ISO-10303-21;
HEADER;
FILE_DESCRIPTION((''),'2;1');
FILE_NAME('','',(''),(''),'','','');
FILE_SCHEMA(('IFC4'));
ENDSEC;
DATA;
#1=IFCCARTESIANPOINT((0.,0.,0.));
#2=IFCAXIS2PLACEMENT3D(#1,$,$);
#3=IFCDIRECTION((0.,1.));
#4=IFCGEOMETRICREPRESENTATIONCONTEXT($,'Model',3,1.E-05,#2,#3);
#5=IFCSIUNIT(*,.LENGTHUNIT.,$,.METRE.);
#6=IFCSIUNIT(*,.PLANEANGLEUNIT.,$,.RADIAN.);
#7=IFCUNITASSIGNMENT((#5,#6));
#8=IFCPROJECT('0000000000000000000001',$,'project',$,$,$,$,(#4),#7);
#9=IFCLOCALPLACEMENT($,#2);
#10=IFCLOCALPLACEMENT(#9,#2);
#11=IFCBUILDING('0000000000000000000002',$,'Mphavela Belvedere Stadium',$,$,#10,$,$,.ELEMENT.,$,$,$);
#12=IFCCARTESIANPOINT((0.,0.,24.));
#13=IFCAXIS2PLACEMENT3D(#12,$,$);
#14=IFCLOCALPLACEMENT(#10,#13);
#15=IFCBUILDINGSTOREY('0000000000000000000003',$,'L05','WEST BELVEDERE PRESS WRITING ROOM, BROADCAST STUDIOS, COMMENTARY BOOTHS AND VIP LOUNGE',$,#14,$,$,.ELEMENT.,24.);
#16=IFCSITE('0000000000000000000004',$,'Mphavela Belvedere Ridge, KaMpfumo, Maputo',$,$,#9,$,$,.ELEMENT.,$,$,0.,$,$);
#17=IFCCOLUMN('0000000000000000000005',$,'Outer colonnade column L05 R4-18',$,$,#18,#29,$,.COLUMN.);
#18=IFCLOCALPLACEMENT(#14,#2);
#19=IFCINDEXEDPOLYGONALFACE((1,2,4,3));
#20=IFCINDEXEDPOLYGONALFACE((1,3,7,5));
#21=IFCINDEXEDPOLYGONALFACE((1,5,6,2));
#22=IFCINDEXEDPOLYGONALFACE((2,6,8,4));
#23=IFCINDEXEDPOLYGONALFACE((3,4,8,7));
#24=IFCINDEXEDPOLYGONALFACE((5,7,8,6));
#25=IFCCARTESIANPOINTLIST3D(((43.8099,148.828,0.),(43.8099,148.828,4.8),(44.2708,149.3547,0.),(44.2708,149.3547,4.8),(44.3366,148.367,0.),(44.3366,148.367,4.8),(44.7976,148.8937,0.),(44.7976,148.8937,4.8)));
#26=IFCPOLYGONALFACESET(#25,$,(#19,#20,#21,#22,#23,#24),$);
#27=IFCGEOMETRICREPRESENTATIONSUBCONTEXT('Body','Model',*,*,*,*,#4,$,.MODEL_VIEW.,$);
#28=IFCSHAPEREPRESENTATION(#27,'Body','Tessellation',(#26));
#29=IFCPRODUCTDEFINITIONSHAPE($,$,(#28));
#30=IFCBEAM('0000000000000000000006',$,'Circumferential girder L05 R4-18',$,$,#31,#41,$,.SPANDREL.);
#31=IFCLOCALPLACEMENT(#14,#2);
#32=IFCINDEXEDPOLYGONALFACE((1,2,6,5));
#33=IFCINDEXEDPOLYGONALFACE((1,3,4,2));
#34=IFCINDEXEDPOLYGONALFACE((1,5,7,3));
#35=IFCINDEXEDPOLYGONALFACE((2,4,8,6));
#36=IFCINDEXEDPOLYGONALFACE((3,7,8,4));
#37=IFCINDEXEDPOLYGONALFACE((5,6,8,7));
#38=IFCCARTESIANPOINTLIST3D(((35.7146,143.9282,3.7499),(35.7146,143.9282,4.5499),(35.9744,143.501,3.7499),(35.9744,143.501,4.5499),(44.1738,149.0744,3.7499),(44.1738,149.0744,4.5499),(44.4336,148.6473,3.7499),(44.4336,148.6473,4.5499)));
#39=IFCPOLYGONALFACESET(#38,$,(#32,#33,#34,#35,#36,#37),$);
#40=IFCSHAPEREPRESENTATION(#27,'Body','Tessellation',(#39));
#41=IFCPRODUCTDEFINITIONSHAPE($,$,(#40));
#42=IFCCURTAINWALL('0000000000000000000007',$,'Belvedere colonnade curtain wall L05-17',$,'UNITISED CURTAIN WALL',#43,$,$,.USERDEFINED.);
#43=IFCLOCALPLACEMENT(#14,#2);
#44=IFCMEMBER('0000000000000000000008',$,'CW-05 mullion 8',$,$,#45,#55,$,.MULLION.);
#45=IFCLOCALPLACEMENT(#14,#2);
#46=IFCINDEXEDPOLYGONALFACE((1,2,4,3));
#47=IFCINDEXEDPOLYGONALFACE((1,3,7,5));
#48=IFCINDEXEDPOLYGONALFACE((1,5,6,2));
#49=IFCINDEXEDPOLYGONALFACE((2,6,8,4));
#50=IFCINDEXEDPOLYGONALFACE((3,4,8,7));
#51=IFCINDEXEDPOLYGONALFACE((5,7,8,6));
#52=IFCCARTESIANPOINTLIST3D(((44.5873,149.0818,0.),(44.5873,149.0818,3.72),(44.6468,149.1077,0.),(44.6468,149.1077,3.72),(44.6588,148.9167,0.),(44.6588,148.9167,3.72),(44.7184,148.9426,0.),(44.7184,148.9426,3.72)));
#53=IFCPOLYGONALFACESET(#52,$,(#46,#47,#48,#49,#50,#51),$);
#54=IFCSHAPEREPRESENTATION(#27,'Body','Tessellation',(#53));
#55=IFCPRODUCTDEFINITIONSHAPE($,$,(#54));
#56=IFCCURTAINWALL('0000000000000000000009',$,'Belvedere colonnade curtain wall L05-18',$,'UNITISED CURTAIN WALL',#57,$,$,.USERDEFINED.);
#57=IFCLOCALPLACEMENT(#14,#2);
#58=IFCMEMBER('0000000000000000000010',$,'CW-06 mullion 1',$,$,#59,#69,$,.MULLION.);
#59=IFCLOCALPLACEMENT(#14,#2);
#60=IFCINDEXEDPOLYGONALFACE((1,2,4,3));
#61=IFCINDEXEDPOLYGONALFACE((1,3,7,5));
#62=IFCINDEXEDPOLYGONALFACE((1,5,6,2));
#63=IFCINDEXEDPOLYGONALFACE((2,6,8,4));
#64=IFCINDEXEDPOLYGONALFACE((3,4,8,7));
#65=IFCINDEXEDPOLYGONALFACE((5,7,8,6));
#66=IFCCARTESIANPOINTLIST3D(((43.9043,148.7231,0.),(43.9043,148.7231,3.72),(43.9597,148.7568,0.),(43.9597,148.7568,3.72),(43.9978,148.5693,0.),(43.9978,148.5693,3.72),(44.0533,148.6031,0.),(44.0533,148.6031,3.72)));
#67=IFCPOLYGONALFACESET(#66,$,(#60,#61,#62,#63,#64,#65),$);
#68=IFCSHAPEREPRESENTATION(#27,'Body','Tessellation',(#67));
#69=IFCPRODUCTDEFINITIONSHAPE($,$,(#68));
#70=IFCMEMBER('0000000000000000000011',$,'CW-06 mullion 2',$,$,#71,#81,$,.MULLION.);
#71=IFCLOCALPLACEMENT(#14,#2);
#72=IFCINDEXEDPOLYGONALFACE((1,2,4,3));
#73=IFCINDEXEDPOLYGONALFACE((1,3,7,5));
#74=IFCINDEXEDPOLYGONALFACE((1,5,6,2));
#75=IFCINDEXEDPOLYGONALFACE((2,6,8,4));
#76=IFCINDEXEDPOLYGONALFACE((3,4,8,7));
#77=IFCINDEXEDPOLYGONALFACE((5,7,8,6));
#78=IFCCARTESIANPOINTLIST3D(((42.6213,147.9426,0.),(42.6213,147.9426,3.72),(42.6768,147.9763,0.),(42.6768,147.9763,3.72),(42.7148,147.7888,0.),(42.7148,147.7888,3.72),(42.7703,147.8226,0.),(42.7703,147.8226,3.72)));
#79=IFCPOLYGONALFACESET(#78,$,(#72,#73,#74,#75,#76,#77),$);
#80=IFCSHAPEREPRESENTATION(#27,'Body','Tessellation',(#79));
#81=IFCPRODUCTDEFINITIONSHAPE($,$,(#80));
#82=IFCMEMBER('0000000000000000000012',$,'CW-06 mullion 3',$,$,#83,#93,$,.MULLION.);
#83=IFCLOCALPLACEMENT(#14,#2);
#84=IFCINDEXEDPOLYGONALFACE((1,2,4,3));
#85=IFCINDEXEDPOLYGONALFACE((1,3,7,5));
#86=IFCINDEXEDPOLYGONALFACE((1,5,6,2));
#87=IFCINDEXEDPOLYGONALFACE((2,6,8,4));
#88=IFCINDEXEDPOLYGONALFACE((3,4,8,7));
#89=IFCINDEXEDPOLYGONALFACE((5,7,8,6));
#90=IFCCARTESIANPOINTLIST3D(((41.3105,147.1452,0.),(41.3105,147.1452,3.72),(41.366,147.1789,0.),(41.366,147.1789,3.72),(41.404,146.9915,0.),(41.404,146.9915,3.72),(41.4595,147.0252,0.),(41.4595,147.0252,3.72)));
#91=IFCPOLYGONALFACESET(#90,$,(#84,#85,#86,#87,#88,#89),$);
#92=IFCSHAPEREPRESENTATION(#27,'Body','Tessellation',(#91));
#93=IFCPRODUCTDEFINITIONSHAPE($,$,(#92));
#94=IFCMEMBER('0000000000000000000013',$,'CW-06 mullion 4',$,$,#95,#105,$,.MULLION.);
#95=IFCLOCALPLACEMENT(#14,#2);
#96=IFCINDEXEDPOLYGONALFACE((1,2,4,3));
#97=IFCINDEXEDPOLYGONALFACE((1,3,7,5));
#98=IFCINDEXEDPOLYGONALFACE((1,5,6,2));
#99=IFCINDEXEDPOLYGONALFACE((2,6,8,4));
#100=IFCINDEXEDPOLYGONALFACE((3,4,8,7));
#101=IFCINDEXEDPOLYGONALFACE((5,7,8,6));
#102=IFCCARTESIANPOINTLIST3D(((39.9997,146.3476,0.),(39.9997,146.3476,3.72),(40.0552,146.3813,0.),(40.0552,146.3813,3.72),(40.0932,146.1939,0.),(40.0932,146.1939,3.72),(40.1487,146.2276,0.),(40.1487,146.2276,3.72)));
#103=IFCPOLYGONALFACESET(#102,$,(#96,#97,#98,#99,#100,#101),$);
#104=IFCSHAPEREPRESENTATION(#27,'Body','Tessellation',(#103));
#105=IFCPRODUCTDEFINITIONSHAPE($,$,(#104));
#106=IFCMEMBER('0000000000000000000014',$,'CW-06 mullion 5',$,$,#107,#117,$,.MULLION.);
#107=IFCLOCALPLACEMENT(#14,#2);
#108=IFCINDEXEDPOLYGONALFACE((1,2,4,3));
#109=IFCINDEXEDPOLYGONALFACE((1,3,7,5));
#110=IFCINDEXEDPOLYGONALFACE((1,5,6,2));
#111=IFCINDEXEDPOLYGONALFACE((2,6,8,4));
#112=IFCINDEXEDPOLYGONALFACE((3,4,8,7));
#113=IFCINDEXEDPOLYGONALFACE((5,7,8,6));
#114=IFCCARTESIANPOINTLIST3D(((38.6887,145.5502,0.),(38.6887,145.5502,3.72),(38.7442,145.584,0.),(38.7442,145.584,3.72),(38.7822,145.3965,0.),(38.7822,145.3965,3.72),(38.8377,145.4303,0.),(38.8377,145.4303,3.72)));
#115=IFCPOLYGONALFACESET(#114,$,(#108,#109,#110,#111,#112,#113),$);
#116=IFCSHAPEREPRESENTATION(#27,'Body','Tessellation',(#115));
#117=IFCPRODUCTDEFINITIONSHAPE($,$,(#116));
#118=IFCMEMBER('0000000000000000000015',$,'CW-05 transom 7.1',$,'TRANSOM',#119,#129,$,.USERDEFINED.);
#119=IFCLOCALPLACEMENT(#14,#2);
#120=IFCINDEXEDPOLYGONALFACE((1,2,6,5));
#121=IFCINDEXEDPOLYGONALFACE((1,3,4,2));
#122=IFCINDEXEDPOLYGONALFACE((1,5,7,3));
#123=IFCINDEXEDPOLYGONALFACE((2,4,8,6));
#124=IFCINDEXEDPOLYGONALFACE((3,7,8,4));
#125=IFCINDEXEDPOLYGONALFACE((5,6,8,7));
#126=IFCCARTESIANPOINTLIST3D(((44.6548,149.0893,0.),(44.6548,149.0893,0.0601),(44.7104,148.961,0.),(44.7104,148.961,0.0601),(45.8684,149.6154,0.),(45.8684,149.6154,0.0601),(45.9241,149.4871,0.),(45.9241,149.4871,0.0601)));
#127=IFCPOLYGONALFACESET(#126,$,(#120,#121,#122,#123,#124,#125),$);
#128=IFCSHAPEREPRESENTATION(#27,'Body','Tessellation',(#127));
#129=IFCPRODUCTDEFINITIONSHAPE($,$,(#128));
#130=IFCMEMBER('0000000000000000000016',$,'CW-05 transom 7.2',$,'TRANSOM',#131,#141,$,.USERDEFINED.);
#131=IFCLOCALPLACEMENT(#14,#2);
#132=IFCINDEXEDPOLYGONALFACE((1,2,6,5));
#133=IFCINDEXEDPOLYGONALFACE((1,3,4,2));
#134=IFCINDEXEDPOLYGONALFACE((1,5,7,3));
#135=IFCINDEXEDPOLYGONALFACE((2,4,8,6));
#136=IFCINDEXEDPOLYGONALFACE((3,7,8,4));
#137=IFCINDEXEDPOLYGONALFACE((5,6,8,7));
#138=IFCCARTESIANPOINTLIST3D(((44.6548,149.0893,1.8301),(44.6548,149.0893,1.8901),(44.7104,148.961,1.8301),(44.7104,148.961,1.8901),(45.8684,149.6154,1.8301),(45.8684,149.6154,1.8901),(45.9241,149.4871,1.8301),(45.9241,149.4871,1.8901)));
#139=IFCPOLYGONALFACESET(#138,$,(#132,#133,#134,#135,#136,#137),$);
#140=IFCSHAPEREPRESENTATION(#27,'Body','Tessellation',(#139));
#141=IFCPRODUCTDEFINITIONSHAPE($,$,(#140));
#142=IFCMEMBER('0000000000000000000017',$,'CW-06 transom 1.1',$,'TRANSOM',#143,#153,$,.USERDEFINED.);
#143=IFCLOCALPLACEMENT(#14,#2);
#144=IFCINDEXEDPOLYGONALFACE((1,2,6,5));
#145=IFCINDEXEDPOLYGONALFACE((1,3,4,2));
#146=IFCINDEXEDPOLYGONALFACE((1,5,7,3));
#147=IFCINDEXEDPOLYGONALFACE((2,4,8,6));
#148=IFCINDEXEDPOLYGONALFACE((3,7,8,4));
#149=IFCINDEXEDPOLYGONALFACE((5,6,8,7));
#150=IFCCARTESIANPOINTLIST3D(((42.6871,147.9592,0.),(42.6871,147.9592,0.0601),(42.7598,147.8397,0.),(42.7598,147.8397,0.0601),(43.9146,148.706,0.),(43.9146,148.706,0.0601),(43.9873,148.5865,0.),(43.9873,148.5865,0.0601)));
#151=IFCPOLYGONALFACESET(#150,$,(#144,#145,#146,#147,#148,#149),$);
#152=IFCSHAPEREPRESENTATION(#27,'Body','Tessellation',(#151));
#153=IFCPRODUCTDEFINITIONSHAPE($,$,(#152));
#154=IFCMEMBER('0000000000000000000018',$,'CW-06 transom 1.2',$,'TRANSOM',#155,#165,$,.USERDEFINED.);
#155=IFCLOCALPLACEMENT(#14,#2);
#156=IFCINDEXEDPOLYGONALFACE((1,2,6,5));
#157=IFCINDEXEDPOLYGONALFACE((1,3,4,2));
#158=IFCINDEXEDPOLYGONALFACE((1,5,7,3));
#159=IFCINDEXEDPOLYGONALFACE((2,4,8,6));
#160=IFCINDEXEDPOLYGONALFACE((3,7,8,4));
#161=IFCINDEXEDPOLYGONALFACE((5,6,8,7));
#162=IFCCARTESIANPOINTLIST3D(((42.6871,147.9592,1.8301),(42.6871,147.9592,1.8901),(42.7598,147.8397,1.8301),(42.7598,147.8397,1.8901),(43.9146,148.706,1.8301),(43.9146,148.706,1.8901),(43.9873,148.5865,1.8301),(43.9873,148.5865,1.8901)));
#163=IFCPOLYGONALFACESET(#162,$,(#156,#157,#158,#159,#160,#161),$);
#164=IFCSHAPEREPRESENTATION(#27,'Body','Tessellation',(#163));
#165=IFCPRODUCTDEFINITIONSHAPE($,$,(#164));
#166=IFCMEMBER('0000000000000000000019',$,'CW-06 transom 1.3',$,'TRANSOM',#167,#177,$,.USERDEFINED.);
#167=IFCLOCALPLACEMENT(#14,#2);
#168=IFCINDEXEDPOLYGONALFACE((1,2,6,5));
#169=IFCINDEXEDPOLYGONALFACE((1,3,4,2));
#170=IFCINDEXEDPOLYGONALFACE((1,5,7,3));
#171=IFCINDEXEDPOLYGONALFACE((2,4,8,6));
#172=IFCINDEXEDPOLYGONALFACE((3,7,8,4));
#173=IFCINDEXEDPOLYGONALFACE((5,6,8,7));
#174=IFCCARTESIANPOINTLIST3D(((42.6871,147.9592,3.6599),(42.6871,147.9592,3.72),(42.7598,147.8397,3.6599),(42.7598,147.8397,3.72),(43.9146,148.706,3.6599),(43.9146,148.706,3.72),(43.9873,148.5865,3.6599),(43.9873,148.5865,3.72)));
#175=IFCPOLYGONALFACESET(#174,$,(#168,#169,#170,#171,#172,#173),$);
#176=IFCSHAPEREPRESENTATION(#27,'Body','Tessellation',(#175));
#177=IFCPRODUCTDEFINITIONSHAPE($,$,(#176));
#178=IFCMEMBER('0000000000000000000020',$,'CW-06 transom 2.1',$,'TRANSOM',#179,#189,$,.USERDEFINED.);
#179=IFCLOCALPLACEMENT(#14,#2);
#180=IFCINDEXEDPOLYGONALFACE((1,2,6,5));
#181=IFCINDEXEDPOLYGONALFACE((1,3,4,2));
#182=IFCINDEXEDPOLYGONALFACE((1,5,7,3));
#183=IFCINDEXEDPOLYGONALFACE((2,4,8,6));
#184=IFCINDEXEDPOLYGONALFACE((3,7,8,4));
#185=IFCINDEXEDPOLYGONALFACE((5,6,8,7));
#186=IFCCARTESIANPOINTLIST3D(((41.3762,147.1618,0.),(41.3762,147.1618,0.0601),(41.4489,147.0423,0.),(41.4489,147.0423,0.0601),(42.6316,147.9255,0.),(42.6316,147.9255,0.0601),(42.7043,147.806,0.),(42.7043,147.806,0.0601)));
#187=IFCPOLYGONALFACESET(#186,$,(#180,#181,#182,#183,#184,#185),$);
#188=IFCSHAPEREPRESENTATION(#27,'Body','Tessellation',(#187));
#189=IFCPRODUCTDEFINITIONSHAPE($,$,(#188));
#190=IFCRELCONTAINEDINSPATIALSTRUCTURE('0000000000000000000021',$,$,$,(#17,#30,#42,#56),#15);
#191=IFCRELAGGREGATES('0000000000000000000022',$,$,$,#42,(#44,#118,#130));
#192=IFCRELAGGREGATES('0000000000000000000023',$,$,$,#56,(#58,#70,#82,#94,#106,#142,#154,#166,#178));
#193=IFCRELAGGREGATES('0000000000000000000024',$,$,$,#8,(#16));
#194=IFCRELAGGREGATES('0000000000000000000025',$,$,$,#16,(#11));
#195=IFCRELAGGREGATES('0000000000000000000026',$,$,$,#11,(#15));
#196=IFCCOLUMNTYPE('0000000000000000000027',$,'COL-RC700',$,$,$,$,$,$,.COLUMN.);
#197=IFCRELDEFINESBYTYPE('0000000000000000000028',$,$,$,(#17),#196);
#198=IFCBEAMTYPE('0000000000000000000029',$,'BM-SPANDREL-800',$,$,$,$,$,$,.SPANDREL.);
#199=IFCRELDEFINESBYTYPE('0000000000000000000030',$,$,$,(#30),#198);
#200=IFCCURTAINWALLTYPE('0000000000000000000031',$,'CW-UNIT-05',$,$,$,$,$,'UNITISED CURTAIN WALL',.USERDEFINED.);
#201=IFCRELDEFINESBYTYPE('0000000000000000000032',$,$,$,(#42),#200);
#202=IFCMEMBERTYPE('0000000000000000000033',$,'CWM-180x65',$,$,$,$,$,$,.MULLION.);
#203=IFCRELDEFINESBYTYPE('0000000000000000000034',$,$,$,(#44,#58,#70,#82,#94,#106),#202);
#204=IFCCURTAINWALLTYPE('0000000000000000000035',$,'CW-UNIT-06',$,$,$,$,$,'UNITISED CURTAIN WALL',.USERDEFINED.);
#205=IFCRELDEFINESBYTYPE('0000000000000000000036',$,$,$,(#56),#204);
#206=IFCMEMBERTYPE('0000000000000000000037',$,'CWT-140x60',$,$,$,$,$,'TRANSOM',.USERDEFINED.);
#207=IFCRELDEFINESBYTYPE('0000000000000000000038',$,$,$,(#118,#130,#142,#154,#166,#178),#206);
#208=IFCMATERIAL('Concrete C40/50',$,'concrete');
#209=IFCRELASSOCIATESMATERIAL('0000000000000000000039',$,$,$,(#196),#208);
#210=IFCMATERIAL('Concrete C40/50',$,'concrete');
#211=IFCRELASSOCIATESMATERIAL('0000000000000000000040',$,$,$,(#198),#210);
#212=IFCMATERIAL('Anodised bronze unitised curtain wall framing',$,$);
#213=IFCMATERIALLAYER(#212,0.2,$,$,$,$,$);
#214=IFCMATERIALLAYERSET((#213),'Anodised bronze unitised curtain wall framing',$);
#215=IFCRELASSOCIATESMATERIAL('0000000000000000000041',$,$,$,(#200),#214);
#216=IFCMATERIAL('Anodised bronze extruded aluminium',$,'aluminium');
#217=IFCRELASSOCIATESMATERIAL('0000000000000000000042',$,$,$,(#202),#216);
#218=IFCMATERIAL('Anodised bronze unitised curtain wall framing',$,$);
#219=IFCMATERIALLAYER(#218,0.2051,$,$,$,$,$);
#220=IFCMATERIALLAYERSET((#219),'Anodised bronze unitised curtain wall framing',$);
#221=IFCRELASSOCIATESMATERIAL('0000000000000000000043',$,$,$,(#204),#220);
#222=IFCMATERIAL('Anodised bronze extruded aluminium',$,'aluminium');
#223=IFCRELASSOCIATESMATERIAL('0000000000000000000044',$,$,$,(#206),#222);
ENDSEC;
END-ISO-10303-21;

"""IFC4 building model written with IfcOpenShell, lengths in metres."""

from ifc_helpers import new_model, si_unit, direction, frame, origin, origin_2d, place, context, subcontext, project, spatial, rectangle, extrude, material, layer, layer_set, material_profile, profile_set, type_object, element, aggregate, save


model = new_model("IFC4")

# Units and contexts
model_context = context("Model", 3, precision=1e-05, world=origin(), true_north=direction((0.0, 1.0)))
body_context = subcontext(model_context, "Body", "Model", "MODEL_VIEW")
ifc_project = project(units=[si_unit("LENGTHUNIT", "METRE"), si_unit("PLANEANGLEUNIT", "RADIAN")], contexts=[model_context])

# Site, building, storey
site_placement = place(None, origin())
site = spatial("IfcSite", under=ifc_project, at=site_placement, Name="Mphavela Belvedere Ridge, KaMpfumo, Maputo", CompositionType="ELEMENT", RefElevation=0.0)
building_placement = place(site_placement, origin())
building = spatial("IfcBuilding", under=site, at=building_placement, Name="Mphavela Belvedere Stadium", CompositionType="ELEMENT")
storey_placement = place(building_placement, frame((0.0, 0.0, 24.0)))
storey = spatial("IfcBuildingStorey", under=building, at=storey_placement, Name="L05", Description="WEST BELVEDERE PRESS WRITING ROOM, BROADCAST STUDIOS, COMMENTARY BOOTHS AND VIP LOUNGE", CompositionType="ELEMENT", Elevation=24.0)

# Column
ifc_material_1 = material(Name="Concrete C40/50", Category="concrete")
ifc_material_profile_1 = material_profile(ifc_material_1, rectangle(XDim=0.7, YDim=0.7, at=origin_2d()), Name="RC 700x700")
ifc_profile_set_1 = profile_set([ifc_material_profile_1], Name="Concrete C40/50")
column_type = type_object("IfcColumnType", Name="COL-RC700", PredefinedType="COLUMN", material=ifc_profile_set_1)
column_placement = place(storey_placement, frame((44.3037, 148.8608, 0.0), z_axis=(0.0, 0.0, 1.0), x_axis=(-0.75253, 0.658558, 0.0)))
element("IfcColumn", 1, at=column_placement, inside=storey, type_object=column_type, Name="Outer colonnade column L05 R4-18", PredefinedType="COLUMN", context=body_context, shape_type="SweptSolid", body=[
    extrude(rectangle(XDim=0.7, YDim=0.7, at=origin_2d()), origin(), (0.0, 0.0, 1.0), 4.8),
])

# Beam
ifc_material_2 = material(Name="Concrete C40/50", Category="concrete")
ifc_material_profile_2 = material_profile(ifc_material_2, rectangle(XDim=0.5, YDim=0.8, at=origin_2d()), Name="RC 500x800")
ifc_profile_set_2 = profile_set([ifc_material_profile_2], Name="Concrete C40/50")
beam_type = type_object("IfcBeamType", Name="BM-SPANDREL-800", PredefinedType="SPANDREL", material=ifc_profile_set_2)
beam_placement = place(storey_placement, frame((44.3037, 148.8608, 4.1499), z_axis=(-0.854327, -0.519737, 0.0), x_axis=(0.519737, -0.854327, 0.0)))
element("IfcBeam", 2, at=beam_placement, inside=storey, type_object=beam_type, Name="Circumferential girder L05 R4-18", PredefinedType="SPANDREL", context=body_context, shape_type="SweptSolid", body=[
    extrude(rectangle(XDim=0.5, YDim=0.8, at=origin_2d()), origin(), (0.0, 0.0, 1.0), 9.9016),
])

# Curtain wall, member
ifc_material_3 = material(Name="Anodised bronze unitised curtain wall framing")
ifc_layer_1 = layer(ifc_material_3, 0.2)
ifc_layer_set_1 = layer_set([ifc_layer_1], Name="Anodised bronze unitised curtain wall framing")
curtain_wall_type_1 = type_object("IfcCurtainWallType", Name="CW-UNIT-05", ElementType="UNITISED CURTAIN WALL", PredefinedType="USERDEFINED", material=ifc_layer_set_1)
curtain_wall_1_placement = place(storey_placement, origin())
curtain_wall_1 = element("IfcCurtainWall", 3, at=curtain_wall_1_placement, inside=storey, type_object=curtain_wall_type_1, Name="Belvedere colonnade curtain wall L05-17", ObjectType="UNITISED CURTAIN WALL", PredefinedType="USERDEFINED")
ifc_material_4 = material(Name="Anodised bronze extruded aluminium", Category="aluminium")
ifc_material_profile_3 = material_profile(ifc_material_4, rectangle(XDim=0.1799, YDim=0.0649, at=origin_2d()), Name="CW-MUL 180x65")
ifc_profile_set_3 = profile_set([ifc_material_profile_3], Name="Anodised bronze extruded aluminium")
member_type_1 = type_object("IfcMemberType", Name="CWM-180x65", PredefinedType="MULLION", material=ifc_profile_set_3)
member_1_placement = place(storey_placement, frame((44.6528, 149.0122, 0.0), z_axis=(0.0, 0.0, 1.0), x_axis=(0.397743, -0.917497, 0.0)))
member_1 = element("IfcMember", 4, at=member_1_placement, type_object=member_type_1, Name="CW-05 mullion 8", PredefinedType="MULLION", context=body_context, shape_type="SweptSolid", body=[
    extrude(rectangle(XDim=0.1799, YDim=0.0649, at=origin_2d()), origin(), (0.0, 0.0, 1.0), 3.72),
])

# Curtain wall, members
ifc_material_5 = material(Name="Anodised bronze unitised curtain wall framing")
ifc_layer_2 = layer(ifc_material_5, 0.2051)
ifc_layer_set_2 = layer_set([ifc_layer_2], Name="Anodised bronze unitised curtain wall framing")
curtain_wall_type_2 = type_object("IfcCurtainWallType", Name="CW-UNIT-06", ElementType="UNITISED CURTAIN WALL", PredefinedType="USERDEFINED", material=ifc_layer_set_2)
curtain_wall_2_placement = place(storey_placement, origin())
curtain_wall_2 = element("IfcCurtainWall", 5, at=curtain_wall_2_placement, inside=storey, type_object=curtain_wall_type_2, Name="Belvedere colonnade curtain wall L05-18", ObjectType="UNITISED CURTAIN WALL", PredefinedType="USERDEFINED")
member_2_placement = place(storey_placement, frame((43.9788, 148.6631, 0.0), z_axis=(0.0, 0.0, 1.0), x_axis=(0.519735, -0.854327, 0.0)))
member_2 = element("IfcMember", 6, at=member_2_placement, type_object=member_type_1, Name="CW-06 mullion 1", PredefinedType="MULLION", context=body_context, shape_type="SweptSolid", body=[
    extrude(rectangle(XDim=0.1799, YDim=0.0649, at=origin_2d()), origin(), (0.0, 0.0, 1.0), 3.72),
])
member_3_placement = place(storey_placement, frame((42.6958, 147.8826, 0.0), z_axis=(0.0, 0.0, 1.0), x_axis=(0.519735, -0.854327, 0.0)))
member_3 = element("IfcMember", 7, at=member_3_placement, type_object=member_type_1, Name="CW-06 mullion 2", PredefinedType="MULLION", context=body_context, shape_type="SweptSolid", body=[
    extrude(rectangle(XDim=0.1799, YDim=0.0649, at=origin_2d()), origin(), (0.0, 0.0, 1.0), 3.72),
])
member_4_placement = place(storey_placement, frame((41.385, 147.0852, 0.0), z_axis=(0.0, 0.0, 1.0), x_axis=(0.519735, -0.854327, 0.0)))
member_4 = element("IfcMember", 8, at=member_4_placement, type_object=member_type_1, Name="CW-06 mullion 3", PredefinedType="MULLION", context=body_context, shape_type="SweptSolid", body=[
    extrude(rectangle(XDim=0.1799, YDim=0.0649, at=origin_2d()), origin(), (0.0, 0.0, 1.0), 3.72),
])
member_5_placement = place(storey_placement, frame((40.0742, 146.2876, 0.0), z_axis=(0.0, 0.0, 1.0), x_axis=(0.519735, -0.854327, 0.0)))
member_5 = element("IfcMember", 9, at=member_5_placement, type_object=member_type_1, Name="CW-06 mullion 4", PredefinedType="MULLION", context=body_context, shape_type="SweptSolid", body=[
    extrude(rectangle(XDim=0.1799, YDim=0.0649, at=origin_2d()), origin(), (0.0, 0.0, 1.0), 3.72),
])
member_6_placement = place(storey_placement, frame((38.7632, 145.4902, 0.0), z_axis=(0.0, 0.0, 1.0), x_axis=(0.519735, -0.854327, 0.0)))
member_6 = element("IfcMember", 10, at=member_6_placement, type_object=member_type_1, Name="CW-06 mullion 5", PredefinedType="MULLION", context=body_context, shape_type="SweptSolid", body=[
    extrude(rectangle(XDim=0.1799, YDim=0.0649, at=origin_2d()), origin(), (0.0, 0.0, 1.0), 3.72),
])

# Members
ifc_material_6 = material(Name="Anodised bronze extruded aluminium", Category="aluminium")
ifc_material_profile_4 = material_profile(ifc_material_6, rectangle(XDim=0.1399, YDim=0.0601, at=origin_2d()), Name="CW-TRN 140x60")
ifc_profile_set_4 = profile_set([ifc_material_profile_4], Name="Anodised bronze extruded aluminium")
member_type_2 = type_object("IfcMemberType", Name="CWT-140x60", ElementType="TRANSOM", PredefinedType="USERDEFINED", material=ifc_profile_set_4)
member_7_placement = place(storey_placement, frame((45.8962, 149.5513, 0.03), z_axis=(-0.917495, -0.397747, 0.0), x_axis=(0.397747, -0.917495, 0.0)))
member_7 = element("IfcMember", 11, at=member_7_placement, type_object=member_type_2, Name="CW-05 transom 7.1", ObjectType="TRANSOM", PredefinedType="USERDEFINED", context=body_context, shape_type="SweptSolid", body=[
    extrude(rectangle(XDim=0.1399, YDim=0.0601, at=origin_2d()), origin(), (0.0, 0.0, 1.0), 1.3228),
])
member_8_placement = place(storey_placement, frame((45.8962, 149.5513, 1.8601), z_axis=(-0.917495, -0.397747, 0.0), x_axis=(0.397747, -0.917495, 0.0)))
member_8 = element("IfcMember", 12, at=member_8_placement, type_object=member_type_2, Name="CW-05 transom 7.2", ObjectType="TRANSOM", PredefinedType="USERDEFINED", context=body_context, shape_type="SweptSolid", body=[
    extrude(rectangle(XDim=0.1399, YDim=0.0601, at=origin_2d()), origin(), (0.0, 0.0, 1.0), 1.3228),
])
member_9_placement = place(storey_placement, frame((43.9509, 148.6462, 0.03), z_axis=(-0.854313, -0.519758, 0.0), x_axis=(0.519758, -0.854313, 0.0)))
member_9 = element("IfcMember", 13, at=member_9_placement, type_object=member_type_2, Name="CW-06 transom 1.1", ObjectType="TRANSOM", PredefinedType="USERDEFINED", context=body_context, shape_type="SweptSolid", body=[
    extrude(rectangle(XDim=0.1399, YDim=0.0601, at=origin_2d()), origin(), (0.0, 0.0, 1.0), 1.4368),
])
member_10_placement = place(storey_placement, frame((43.9509, 148.6462, 1.8601), z_axis=(-0.854313, -0.519758, 0.0), x_axis=(0.519758, -0.854313, 0.0)))
member_10 = element("IfcMember", 14, at=member_10_placement, type_object=member_type_2, Name="CW-06 transom 1.2", ObjectType="TRANSOM", PredefinedType="USERDEFINED", context=body_context, shape_type="SweptSolid", body=[
    extrude(rectangle(XDim=0.1399, YDim=0.0601, at=origin_2d()), origin(), (0.0, 0.0, 1.0), 1.4368),
])
member_11_placement = place(storey_placement, frame((43.9509, 148.6462, 3.6899), z_axis=(-0.854313, -0.519758, 0.0), x_axis=(0.519758, -0.854313, 0.0)))
member_11 = element("IfcMember", 15, at=member_11_placement, type_object=member_type_2, Name="CW-06 transom 1.3", ObjectType="TRANSOM", PredefinedType="USERDEFINED", context=body_context, shape_type="SweptSolid", body=[
    extrude(rectangle(XDim=0.1399, YDim=0.0601, at=origin_2d()), origin(), (0.0, 0.0, 1.0), 1.4368),
])
member_12_placement = place(storey_placement, frame((42.668, 147.8657, 0.03), z_axis=(-0.85434, -0.519715, 0.0), x_axis=(0.519715, -0.85434, 0.0)))
member_12 = element("IfcMember", 16, at=member_12_placement, type_object=member_type_2, Name="CW-06 transom 2.1", ObjectType="TRANSOM", PredefinedType="USERDEFINED", context=body_context, shape_type="SweptSolid", body=[
    extrude(rectangle(XDim=0.1399, YDim=0.0601, at=origin_2d()), origin(), (0.0, 0.0, 1.0), 1.4695),
])

aggregate(curtain_wall_1, [member_1, member_7, member_8])
aggregate(curtain_wall_2, [member_2, member_3, member_4, member_5, member_6, member_9, member_10, member_11, member_12])

save(model, "model.ifc")
